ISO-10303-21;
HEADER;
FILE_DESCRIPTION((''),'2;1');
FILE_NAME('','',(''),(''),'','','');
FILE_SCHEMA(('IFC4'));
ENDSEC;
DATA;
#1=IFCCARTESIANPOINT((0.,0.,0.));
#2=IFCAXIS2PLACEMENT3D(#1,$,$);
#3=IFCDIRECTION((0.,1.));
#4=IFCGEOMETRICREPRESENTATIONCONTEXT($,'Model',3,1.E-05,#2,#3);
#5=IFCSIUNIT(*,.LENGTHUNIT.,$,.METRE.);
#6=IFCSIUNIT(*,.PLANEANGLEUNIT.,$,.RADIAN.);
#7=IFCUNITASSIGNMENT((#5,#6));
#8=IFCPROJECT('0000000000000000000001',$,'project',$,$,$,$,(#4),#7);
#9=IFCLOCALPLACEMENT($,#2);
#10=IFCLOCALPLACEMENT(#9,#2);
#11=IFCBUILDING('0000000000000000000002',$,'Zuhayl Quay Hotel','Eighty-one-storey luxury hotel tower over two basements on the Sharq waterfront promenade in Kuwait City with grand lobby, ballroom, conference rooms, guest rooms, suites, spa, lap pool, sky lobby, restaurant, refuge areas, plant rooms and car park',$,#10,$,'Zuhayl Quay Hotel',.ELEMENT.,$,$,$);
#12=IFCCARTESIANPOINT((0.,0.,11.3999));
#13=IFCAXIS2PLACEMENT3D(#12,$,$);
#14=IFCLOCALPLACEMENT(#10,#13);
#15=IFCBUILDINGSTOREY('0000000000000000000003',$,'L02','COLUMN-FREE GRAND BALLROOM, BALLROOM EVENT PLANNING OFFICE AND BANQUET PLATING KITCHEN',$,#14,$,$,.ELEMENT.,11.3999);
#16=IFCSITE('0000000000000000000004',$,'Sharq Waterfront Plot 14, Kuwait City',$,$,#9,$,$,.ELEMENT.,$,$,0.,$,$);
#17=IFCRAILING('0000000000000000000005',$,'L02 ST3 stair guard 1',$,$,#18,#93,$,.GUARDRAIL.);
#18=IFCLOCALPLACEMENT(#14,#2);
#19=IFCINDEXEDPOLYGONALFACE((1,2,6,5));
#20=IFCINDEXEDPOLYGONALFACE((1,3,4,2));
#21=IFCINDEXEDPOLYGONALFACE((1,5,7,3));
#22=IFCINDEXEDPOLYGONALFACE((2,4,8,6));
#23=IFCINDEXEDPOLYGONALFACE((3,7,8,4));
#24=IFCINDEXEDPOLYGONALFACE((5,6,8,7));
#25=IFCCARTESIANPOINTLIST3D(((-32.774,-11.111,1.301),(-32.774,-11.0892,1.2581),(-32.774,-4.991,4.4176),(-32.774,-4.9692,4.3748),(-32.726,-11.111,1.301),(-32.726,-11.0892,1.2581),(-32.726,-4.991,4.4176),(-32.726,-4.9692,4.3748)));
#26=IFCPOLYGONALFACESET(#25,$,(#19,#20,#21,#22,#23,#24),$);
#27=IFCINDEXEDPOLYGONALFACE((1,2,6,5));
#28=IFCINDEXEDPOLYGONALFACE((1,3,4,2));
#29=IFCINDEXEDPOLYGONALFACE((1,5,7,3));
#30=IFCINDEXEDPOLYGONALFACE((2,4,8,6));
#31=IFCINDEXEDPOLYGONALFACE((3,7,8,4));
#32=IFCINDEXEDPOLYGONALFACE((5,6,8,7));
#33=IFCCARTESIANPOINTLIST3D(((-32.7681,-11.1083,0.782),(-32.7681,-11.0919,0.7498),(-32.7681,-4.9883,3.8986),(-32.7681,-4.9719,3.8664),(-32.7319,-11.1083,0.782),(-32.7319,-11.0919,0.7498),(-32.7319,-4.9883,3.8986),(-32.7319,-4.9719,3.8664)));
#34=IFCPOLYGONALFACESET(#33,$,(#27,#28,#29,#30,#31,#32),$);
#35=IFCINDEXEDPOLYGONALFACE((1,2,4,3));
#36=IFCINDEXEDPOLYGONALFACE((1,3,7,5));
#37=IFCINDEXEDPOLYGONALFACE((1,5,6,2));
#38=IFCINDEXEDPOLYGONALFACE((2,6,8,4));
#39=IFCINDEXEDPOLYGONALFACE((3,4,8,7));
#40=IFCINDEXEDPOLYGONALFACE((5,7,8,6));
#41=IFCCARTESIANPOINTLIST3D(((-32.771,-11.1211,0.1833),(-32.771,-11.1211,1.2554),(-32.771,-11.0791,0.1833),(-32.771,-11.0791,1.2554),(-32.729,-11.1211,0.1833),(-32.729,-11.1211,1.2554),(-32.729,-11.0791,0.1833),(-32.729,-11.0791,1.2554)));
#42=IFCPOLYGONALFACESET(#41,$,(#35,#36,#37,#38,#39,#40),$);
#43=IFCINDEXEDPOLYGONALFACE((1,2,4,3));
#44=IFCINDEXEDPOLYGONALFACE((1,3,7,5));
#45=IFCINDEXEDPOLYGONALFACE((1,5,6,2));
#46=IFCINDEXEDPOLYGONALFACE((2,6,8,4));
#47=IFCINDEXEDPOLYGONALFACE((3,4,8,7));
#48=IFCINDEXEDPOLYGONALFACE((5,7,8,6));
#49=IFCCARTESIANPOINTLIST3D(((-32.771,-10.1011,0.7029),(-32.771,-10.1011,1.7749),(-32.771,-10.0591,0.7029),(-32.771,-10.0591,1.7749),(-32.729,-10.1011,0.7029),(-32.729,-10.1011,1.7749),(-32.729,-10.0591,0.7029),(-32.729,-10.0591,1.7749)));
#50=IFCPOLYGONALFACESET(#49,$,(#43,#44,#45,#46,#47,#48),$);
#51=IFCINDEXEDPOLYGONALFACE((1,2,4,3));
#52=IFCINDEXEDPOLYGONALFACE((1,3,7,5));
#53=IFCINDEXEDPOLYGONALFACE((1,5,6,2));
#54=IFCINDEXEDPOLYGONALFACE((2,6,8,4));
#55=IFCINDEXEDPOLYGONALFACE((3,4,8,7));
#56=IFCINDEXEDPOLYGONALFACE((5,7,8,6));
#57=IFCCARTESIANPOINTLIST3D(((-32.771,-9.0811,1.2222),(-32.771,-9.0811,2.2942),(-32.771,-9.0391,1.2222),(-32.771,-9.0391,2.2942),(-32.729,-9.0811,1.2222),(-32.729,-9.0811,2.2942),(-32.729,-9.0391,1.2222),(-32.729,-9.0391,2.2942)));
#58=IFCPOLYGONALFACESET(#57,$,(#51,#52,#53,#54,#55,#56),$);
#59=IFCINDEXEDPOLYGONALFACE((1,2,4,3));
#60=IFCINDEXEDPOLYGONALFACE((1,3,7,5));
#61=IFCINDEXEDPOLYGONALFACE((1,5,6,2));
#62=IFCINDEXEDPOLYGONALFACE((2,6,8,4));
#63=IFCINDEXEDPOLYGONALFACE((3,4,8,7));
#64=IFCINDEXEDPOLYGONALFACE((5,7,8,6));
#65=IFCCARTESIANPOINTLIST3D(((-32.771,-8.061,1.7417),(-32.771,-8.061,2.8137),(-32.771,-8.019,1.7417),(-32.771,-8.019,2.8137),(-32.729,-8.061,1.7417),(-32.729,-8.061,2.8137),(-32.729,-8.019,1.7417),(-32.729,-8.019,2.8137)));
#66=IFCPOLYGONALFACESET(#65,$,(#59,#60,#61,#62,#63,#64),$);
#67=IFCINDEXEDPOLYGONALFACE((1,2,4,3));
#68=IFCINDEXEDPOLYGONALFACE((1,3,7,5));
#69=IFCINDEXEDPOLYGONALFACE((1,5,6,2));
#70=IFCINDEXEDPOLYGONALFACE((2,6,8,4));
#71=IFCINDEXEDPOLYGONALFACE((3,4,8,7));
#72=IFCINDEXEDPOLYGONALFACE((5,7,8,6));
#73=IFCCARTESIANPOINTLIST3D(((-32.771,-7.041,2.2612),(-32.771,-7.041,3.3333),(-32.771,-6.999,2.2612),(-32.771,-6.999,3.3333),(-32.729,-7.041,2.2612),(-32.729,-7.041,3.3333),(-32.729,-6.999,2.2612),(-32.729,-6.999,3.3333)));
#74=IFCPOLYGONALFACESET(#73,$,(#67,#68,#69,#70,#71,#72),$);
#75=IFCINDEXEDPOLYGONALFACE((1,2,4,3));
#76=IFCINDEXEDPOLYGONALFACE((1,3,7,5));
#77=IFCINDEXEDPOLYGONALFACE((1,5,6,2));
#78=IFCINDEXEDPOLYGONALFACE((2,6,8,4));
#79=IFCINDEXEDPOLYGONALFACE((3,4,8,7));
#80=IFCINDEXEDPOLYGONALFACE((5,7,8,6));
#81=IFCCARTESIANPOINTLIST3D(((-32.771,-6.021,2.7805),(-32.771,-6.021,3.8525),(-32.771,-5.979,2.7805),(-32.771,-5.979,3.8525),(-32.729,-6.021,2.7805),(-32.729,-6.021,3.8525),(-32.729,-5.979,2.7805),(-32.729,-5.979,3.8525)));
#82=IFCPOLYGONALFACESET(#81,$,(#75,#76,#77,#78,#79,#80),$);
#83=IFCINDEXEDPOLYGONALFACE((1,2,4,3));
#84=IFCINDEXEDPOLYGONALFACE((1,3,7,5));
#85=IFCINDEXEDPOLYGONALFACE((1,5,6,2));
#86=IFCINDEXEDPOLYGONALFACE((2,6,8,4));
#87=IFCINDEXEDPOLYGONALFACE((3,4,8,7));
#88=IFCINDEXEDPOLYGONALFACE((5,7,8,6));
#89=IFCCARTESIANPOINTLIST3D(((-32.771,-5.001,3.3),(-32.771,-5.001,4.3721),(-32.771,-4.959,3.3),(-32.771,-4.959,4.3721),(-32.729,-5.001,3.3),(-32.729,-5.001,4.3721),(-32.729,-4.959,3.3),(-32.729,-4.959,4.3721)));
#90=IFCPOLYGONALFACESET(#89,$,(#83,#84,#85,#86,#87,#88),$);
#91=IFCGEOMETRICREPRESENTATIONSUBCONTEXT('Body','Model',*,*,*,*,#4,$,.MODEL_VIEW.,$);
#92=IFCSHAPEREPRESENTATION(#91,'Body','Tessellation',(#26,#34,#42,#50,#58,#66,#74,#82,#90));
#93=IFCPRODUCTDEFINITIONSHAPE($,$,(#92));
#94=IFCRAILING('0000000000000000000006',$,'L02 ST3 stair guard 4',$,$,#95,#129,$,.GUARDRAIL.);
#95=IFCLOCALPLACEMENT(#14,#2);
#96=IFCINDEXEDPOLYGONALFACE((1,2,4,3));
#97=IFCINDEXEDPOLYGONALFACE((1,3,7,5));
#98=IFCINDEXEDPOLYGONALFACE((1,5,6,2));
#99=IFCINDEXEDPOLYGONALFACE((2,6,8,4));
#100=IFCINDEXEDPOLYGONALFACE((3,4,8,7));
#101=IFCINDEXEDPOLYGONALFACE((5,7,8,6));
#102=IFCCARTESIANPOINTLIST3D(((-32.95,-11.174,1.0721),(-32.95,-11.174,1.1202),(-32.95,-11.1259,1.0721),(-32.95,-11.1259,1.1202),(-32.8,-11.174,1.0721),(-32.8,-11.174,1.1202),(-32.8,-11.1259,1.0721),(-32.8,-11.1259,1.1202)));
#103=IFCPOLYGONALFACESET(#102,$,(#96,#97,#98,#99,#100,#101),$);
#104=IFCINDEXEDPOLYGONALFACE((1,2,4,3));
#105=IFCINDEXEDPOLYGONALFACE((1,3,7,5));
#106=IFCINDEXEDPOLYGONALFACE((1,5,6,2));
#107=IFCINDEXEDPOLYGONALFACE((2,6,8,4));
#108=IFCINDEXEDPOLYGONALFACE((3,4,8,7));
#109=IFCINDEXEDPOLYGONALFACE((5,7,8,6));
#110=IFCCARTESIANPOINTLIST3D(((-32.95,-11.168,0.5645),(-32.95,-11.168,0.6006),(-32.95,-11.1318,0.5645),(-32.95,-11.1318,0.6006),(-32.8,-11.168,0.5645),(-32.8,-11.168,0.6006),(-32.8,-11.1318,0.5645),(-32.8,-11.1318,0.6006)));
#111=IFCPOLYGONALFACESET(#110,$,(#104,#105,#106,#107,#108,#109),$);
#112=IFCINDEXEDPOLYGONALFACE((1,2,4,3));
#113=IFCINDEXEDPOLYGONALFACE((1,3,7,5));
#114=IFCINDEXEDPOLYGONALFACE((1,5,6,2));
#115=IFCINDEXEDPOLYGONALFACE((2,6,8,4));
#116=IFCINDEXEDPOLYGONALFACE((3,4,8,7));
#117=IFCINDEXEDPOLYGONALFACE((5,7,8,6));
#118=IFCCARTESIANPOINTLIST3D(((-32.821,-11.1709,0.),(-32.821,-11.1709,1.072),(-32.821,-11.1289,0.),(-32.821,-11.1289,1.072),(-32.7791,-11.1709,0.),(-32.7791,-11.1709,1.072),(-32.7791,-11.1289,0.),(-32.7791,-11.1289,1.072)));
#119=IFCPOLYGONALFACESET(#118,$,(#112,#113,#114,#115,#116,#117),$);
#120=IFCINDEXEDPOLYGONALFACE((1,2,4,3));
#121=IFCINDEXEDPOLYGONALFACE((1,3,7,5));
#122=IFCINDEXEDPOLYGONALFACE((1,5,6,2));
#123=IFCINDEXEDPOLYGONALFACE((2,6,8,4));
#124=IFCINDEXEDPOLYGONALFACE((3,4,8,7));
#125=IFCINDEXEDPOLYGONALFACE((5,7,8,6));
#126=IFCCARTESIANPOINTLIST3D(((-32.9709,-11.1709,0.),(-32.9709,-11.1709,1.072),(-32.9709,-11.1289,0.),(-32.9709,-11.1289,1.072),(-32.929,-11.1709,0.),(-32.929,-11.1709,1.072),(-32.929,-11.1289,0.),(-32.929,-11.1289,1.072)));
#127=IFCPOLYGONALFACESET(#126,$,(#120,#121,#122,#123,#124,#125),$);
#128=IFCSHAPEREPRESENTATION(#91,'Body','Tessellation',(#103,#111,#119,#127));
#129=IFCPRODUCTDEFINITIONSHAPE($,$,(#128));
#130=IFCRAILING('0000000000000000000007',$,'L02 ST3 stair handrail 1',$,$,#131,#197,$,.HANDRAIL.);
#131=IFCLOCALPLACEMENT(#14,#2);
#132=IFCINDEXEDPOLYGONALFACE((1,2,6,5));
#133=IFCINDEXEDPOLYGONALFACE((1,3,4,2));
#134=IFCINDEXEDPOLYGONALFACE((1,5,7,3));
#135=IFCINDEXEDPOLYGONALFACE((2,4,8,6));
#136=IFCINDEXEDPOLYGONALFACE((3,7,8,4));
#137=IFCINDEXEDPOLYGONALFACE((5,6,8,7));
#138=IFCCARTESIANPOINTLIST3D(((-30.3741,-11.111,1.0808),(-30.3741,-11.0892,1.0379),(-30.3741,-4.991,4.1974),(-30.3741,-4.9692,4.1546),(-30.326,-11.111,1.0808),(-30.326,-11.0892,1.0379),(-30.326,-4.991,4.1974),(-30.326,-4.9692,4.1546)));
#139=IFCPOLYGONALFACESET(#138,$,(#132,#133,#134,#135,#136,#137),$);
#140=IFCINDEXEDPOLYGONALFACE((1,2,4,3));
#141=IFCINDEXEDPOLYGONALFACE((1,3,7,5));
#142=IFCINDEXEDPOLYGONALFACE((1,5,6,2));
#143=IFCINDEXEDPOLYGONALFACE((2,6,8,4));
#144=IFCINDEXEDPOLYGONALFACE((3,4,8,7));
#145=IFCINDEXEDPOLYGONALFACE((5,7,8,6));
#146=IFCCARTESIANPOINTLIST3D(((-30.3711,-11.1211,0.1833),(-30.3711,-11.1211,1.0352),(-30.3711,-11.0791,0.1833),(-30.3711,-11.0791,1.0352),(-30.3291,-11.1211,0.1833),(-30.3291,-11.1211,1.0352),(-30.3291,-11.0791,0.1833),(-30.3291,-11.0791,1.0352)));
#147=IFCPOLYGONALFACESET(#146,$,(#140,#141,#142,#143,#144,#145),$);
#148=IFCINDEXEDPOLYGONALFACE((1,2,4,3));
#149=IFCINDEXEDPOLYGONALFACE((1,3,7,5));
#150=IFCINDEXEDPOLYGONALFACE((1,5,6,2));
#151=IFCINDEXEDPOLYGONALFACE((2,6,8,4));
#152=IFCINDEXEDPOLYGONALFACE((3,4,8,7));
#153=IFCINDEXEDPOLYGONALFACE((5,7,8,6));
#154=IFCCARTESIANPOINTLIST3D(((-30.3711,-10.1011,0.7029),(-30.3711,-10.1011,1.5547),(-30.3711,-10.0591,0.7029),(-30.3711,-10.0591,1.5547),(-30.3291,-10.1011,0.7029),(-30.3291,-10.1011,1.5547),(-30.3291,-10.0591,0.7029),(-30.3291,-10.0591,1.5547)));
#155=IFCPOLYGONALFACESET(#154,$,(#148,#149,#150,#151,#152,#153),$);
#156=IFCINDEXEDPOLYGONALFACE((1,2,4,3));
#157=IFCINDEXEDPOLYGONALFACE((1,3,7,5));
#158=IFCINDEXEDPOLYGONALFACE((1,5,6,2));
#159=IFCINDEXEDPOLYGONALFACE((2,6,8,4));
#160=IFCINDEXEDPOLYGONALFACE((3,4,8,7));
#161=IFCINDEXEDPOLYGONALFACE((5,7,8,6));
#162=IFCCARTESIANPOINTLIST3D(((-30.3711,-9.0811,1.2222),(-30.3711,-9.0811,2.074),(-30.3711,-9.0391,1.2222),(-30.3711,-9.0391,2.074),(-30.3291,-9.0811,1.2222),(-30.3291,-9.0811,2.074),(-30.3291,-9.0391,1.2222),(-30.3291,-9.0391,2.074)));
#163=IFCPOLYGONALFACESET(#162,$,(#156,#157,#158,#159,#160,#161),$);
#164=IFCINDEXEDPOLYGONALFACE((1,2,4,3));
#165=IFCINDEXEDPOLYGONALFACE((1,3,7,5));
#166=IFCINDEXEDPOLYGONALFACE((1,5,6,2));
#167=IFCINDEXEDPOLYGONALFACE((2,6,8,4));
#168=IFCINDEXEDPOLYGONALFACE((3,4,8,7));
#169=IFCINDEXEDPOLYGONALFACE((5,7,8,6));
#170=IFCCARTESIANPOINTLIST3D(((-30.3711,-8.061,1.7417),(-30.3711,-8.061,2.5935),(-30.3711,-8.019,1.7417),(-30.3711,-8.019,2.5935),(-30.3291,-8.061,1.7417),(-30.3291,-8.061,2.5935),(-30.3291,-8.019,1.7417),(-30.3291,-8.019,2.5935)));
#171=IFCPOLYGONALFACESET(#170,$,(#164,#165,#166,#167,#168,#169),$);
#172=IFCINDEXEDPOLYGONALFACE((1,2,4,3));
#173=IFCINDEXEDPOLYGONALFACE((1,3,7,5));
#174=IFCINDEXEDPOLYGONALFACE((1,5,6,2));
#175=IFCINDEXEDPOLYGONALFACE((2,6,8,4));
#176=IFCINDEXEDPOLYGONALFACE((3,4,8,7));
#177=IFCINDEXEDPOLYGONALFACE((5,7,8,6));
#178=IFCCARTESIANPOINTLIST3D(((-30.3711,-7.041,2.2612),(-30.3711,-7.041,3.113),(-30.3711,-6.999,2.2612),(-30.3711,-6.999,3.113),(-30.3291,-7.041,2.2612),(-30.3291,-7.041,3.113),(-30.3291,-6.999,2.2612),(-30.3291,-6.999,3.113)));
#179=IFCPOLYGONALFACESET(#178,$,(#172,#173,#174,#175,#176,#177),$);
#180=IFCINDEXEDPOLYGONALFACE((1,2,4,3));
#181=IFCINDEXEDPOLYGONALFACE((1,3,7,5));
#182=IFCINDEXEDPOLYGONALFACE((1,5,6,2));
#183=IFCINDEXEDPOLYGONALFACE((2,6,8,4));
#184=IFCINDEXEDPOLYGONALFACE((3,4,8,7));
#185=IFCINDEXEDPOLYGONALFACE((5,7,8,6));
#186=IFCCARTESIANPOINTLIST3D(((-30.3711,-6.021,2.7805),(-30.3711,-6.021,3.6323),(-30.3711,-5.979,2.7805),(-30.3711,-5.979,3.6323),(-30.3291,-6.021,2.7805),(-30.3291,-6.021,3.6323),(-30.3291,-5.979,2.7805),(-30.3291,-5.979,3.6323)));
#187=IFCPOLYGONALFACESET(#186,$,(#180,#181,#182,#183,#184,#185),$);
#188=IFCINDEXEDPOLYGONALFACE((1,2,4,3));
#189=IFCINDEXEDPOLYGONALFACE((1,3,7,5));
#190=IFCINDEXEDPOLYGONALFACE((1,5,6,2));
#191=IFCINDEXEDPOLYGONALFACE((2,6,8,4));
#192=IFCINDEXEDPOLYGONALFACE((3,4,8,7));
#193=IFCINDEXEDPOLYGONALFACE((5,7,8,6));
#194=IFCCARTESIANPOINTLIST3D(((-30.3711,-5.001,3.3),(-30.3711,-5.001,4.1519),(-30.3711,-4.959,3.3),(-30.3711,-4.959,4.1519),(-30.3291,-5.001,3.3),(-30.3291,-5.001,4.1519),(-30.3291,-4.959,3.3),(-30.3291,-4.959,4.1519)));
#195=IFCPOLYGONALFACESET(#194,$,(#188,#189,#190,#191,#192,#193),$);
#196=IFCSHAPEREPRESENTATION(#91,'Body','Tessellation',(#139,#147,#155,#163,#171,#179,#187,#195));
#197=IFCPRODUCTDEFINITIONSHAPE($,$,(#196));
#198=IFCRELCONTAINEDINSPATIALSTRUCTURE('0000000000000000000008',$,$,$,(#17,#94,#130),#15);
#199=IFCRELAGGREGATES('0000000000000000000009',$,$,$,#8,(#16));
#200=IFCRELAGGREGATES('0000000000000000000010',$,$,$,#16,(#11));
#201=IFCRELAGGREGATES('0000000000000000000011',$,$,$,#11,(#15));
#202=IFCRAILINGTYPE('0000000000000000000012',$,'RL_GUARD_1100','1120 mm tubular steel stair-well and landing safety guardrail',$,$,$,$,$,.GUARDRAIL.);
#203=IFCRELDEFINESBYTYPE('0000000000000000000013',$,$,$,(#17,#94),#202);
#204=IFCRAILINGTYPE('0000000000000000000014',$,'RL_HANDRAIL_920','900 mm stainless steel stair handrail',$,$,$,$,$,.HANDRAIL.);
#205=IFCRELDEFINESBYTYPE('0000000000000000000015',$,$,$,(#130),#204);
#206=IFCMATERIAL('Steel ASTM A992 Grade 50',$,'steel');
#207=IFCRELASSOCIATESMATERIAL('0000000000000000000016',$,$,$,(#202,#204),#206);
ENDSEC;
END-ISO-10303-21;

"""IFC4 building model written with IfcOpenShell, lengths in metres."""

from ifc_helpers import new_model, si_unit, direction, frame, origin, origin_2d, place, context, subcontext, project, spatial, rectangle, extrude, material, type_object, element, save


model = new_model("IFC4")

# Units and contexts
model_context = context("Model", 3, precision=1e-05, world=origin(), true_north=direction((0.0, 1.0)))
body_context = subcontext(model_context, "Body", "Model", "MODEL_VIEW")
ifc_project = project(units=[si_unit("LENGTHUNIT", "METRE"), si_unit("PLANEANGLEUNIT", "RADIAN")], contexts=[model_context])

# Site, building, storey
site_placement = place(None, origin())
site = spatial("IfcSite", under=ifc_project, at=site_placement, Name="Sharq Waterfront Plot 14, Kuwait City", CompositionType="ELEMENT", RefElevation=0.0)
building_placement = place(site_placement, origin())
building = spatial("IfcBuilding", under=site, at=building_placement, Name="Zuhayl Quay Hotel", Description="Eighty-one-storey luxury hotel tower over two basements on the Sharq waterfront promenade in Kuwait City with grand lobby, ballroom, conference rooms, guest rooms, suites, spa, lap pool, sky lobby, restaurant, refuge areas, plant rooms and car park", LongName="Zuhayl Quay Hotel", CompositionType="ELEMENT")
storey_placement = place(building_placement, frame((0.0, 0.0, 11.3999)))
storey = spatial("IfcBuildingStorey", under=building, at=storey_placement, Name="L02", Description="COLUMN-FREE GRAND BALLROOM, BALLROOM EVENT PLANNING OFFICE AND BANQUET PLATING KITCHEN", CompositionType="ELEMENT", Elevation=11.3999)

# Shared definitions
ifc_material_1 = material(Name="Steel ASTM A992 Grade 50", Category="steel")

# Railings
railing_type_1 = type_object("IfcRailingType", Name="RL_GUARD_1100", Description="1120 mm tubular steel stair-well and landing safety guardrail", PredefinedType="GUARDRAIL", material=ifc_material_1)
railing_1_placement = place(storey_placement, frame((-32.75, -11.1001, 0.1833)))
element("IfcRailing", 1, at=railing_1_placement, inside=storey, type_object=railing_type_1, Name="L02 ST3 stair guard 1", PredefinedType="GUARDRAIL", context=body_context, shape_type="SweptSolid", body=[
    extrude(rectangle(XDim=0.0481, YDim=0.0481, at=origin_2d()), frame((0.0, 0.0, 1.0962), z_axis=(0.0, 0.891104, 0.453799), x_axis=(-1.0, 0.0, 0.0)), (0.0, 0.0, 1.0), 6.8679),
    extrude(rectangle(XDim=0.0361, YDim=0.0361, at=origin_2d()), frame((0.0, 0.0, 0.5825), z_axis=(0.0, 0.891104, 0.453799), x_axis=(-1.0, 0.0, 0.0)), (0.0, 0.0, 1.0), 6.8679),
    extrude(rectangle(XDim=0.042, YDim=0.042, at=origin_2d()), origin(), (0.0, 0.0, 1.0), 1.072),
    extrude(rectangle(XDim=0.042, YDim=0.042, at=origin_2d()), frame((0.0, 1.02, 0.5195)), (0.0, 0.0, 1.0), 1.072),
    extrude(rectangle(XDim=0.042, YDim=0.042, at=origin_2d()), frame((0.0, 2.04, 1.0388)), (0.0, 0.0, 1.0), 1.072),
    extrude(rectangle(XDim=0.042, YDim=0.042, at=origin_2d()), frame((0.0, 3.0601, 1.5583)), (0.0, 0.0, 1.0), 1.072),
    extrude(rectangle(XDim=0.042, YDim=0.042, at=origin_2d()), frame((0.0, 4.0801, 2.0779)), (0.0, 0.0, 1.0), 1.072),
    extrude(rectangle(XDim=0.042, YDim=0.042, at=origin_2d()), frame((0.0, 5.1001, 2.5972)), (0.0, 0.0, 1.0), 1.072),
    extrude(rectangle(XDim=0.042, YDim=0.042, at=origin_2d()), frame((0.0, 6.1201, 3.1167)), (0.0, 0.0, 1.0), 1.072),
])
railing_2_placement = place(storey_placement, frame((-32.8, -11.1499, 0.0)))
element("IfcRailing", 2, at=railing_2_placement, inside=storey, type_object=railing_type_1, Name="L02 ST3 stair guard 4", PredefinedType="GUARDRAIL", context=body_context, shape_type="SweptSolid", body=[
    extrude(rectangle(XDim=0.0481, YDim=0.0481, at=origin_2d()), frame((0.0, 0.0, 1.0962), z_axis=(-1.0, 0.0, 0.0), x_axis=(0.0, -1.0, 0.0)), (0.0, 0.0, 1.0), 0.1499),
    extrude(rectangle(XDim=0.0361, YDim=0.0361, at=origin_2d()), frame((0.0, 0.0, 0.5825), z_axis=(-1.0, 0.0, 0.0), x_axis=(0.0, -1.0, 0.0)), (0.0, 0.0, 1.0), 0.1499),
    extrude(rectangle(XDim=0.042, YDim=0.042, at=origin_2d()), origin(), (0.0, 0.0, 1.0), 1.072),
    extrude(rectangle(XDim=0.042, YDim=0.042, at=origin_2d()), frame((-0.1499, 0.0, 0.0)), (0.0, 0.0, 1.0), 1.072),
])
railing_type_2 = type_object("IfcRailingType", Name="RL_HANDRAIL_920", Description="900 mm stainless steel stair handrail", PredefinedType="HANDRAIL", material=ifc_material_1)
railing_3_placement = place(storey_placement, frame((-30.3501, -11.1001, 0.1833)))
element("IfcRailing", 3, at=railing_3_placement, inside=storey, type_object=railing_type_2, Name="L02 ST3 stair handrail 1", PredefinedType="HANDRAIL", context=body_context, shape_type="SweptSolid", body=[
    extrude(rectangle(XDim=0.0481, YDim=0.0481, at=origin_2d()), frame((0.0, 0.0, 0.876), z_axis=(0.0, 0.891104, 0.453799), x_axis=(-1.0, 0.0, 0.0)), (0.0, 0.0, 1.0), 6.8679),
    extrude(rectangle(XDim=0.042, YDim=0.042, at=origin_2d()), origin(), (0.0, 0.0, 1.0), 0.8518),
    extrude(rectangle(XDim=0.042, YDim=0.042, at=origin_2d()), frame((0.0, 1.02, 0.5195)), (0.0, 0.0, 1.0), 0.8518),
    extrude(rectangle(XDim=0.042, YDim=0.042, at=origin_2d()), frame((0.0, 2.04, 1.0388)), (0.0, 0.0, 1.0), 0.8518),
    extrude(rectangle(XDim=0.042, YDim=0.042, at=origin_2d()), frame((0.0, 3.0601, 1.5583)), (0.0, 0.0, 1.0), 0.8518),
    extrude(rectangle(XDim=0.042, YDim=0.042, at=origin_2d()), frame((0.0, 4.0801, 2.0779)), (0.0, 0.0, 1.0), 0.8518),
    extrude(rectangle(XDim=0.042, YDim=0.042, at=origin_2d()), frame((0.0, 5.1001, 2.5972)), (0.0, 0.0, 1.0), 0.8518),
    extrude(rectangle(XDim=0.042, YDim=0.042, at=origin_2d()), frame((0.0, 6.1201, 3.1167)), (0.0, 0.0, 1.0), 0.8518),
])

save(model, "model.ifc")
